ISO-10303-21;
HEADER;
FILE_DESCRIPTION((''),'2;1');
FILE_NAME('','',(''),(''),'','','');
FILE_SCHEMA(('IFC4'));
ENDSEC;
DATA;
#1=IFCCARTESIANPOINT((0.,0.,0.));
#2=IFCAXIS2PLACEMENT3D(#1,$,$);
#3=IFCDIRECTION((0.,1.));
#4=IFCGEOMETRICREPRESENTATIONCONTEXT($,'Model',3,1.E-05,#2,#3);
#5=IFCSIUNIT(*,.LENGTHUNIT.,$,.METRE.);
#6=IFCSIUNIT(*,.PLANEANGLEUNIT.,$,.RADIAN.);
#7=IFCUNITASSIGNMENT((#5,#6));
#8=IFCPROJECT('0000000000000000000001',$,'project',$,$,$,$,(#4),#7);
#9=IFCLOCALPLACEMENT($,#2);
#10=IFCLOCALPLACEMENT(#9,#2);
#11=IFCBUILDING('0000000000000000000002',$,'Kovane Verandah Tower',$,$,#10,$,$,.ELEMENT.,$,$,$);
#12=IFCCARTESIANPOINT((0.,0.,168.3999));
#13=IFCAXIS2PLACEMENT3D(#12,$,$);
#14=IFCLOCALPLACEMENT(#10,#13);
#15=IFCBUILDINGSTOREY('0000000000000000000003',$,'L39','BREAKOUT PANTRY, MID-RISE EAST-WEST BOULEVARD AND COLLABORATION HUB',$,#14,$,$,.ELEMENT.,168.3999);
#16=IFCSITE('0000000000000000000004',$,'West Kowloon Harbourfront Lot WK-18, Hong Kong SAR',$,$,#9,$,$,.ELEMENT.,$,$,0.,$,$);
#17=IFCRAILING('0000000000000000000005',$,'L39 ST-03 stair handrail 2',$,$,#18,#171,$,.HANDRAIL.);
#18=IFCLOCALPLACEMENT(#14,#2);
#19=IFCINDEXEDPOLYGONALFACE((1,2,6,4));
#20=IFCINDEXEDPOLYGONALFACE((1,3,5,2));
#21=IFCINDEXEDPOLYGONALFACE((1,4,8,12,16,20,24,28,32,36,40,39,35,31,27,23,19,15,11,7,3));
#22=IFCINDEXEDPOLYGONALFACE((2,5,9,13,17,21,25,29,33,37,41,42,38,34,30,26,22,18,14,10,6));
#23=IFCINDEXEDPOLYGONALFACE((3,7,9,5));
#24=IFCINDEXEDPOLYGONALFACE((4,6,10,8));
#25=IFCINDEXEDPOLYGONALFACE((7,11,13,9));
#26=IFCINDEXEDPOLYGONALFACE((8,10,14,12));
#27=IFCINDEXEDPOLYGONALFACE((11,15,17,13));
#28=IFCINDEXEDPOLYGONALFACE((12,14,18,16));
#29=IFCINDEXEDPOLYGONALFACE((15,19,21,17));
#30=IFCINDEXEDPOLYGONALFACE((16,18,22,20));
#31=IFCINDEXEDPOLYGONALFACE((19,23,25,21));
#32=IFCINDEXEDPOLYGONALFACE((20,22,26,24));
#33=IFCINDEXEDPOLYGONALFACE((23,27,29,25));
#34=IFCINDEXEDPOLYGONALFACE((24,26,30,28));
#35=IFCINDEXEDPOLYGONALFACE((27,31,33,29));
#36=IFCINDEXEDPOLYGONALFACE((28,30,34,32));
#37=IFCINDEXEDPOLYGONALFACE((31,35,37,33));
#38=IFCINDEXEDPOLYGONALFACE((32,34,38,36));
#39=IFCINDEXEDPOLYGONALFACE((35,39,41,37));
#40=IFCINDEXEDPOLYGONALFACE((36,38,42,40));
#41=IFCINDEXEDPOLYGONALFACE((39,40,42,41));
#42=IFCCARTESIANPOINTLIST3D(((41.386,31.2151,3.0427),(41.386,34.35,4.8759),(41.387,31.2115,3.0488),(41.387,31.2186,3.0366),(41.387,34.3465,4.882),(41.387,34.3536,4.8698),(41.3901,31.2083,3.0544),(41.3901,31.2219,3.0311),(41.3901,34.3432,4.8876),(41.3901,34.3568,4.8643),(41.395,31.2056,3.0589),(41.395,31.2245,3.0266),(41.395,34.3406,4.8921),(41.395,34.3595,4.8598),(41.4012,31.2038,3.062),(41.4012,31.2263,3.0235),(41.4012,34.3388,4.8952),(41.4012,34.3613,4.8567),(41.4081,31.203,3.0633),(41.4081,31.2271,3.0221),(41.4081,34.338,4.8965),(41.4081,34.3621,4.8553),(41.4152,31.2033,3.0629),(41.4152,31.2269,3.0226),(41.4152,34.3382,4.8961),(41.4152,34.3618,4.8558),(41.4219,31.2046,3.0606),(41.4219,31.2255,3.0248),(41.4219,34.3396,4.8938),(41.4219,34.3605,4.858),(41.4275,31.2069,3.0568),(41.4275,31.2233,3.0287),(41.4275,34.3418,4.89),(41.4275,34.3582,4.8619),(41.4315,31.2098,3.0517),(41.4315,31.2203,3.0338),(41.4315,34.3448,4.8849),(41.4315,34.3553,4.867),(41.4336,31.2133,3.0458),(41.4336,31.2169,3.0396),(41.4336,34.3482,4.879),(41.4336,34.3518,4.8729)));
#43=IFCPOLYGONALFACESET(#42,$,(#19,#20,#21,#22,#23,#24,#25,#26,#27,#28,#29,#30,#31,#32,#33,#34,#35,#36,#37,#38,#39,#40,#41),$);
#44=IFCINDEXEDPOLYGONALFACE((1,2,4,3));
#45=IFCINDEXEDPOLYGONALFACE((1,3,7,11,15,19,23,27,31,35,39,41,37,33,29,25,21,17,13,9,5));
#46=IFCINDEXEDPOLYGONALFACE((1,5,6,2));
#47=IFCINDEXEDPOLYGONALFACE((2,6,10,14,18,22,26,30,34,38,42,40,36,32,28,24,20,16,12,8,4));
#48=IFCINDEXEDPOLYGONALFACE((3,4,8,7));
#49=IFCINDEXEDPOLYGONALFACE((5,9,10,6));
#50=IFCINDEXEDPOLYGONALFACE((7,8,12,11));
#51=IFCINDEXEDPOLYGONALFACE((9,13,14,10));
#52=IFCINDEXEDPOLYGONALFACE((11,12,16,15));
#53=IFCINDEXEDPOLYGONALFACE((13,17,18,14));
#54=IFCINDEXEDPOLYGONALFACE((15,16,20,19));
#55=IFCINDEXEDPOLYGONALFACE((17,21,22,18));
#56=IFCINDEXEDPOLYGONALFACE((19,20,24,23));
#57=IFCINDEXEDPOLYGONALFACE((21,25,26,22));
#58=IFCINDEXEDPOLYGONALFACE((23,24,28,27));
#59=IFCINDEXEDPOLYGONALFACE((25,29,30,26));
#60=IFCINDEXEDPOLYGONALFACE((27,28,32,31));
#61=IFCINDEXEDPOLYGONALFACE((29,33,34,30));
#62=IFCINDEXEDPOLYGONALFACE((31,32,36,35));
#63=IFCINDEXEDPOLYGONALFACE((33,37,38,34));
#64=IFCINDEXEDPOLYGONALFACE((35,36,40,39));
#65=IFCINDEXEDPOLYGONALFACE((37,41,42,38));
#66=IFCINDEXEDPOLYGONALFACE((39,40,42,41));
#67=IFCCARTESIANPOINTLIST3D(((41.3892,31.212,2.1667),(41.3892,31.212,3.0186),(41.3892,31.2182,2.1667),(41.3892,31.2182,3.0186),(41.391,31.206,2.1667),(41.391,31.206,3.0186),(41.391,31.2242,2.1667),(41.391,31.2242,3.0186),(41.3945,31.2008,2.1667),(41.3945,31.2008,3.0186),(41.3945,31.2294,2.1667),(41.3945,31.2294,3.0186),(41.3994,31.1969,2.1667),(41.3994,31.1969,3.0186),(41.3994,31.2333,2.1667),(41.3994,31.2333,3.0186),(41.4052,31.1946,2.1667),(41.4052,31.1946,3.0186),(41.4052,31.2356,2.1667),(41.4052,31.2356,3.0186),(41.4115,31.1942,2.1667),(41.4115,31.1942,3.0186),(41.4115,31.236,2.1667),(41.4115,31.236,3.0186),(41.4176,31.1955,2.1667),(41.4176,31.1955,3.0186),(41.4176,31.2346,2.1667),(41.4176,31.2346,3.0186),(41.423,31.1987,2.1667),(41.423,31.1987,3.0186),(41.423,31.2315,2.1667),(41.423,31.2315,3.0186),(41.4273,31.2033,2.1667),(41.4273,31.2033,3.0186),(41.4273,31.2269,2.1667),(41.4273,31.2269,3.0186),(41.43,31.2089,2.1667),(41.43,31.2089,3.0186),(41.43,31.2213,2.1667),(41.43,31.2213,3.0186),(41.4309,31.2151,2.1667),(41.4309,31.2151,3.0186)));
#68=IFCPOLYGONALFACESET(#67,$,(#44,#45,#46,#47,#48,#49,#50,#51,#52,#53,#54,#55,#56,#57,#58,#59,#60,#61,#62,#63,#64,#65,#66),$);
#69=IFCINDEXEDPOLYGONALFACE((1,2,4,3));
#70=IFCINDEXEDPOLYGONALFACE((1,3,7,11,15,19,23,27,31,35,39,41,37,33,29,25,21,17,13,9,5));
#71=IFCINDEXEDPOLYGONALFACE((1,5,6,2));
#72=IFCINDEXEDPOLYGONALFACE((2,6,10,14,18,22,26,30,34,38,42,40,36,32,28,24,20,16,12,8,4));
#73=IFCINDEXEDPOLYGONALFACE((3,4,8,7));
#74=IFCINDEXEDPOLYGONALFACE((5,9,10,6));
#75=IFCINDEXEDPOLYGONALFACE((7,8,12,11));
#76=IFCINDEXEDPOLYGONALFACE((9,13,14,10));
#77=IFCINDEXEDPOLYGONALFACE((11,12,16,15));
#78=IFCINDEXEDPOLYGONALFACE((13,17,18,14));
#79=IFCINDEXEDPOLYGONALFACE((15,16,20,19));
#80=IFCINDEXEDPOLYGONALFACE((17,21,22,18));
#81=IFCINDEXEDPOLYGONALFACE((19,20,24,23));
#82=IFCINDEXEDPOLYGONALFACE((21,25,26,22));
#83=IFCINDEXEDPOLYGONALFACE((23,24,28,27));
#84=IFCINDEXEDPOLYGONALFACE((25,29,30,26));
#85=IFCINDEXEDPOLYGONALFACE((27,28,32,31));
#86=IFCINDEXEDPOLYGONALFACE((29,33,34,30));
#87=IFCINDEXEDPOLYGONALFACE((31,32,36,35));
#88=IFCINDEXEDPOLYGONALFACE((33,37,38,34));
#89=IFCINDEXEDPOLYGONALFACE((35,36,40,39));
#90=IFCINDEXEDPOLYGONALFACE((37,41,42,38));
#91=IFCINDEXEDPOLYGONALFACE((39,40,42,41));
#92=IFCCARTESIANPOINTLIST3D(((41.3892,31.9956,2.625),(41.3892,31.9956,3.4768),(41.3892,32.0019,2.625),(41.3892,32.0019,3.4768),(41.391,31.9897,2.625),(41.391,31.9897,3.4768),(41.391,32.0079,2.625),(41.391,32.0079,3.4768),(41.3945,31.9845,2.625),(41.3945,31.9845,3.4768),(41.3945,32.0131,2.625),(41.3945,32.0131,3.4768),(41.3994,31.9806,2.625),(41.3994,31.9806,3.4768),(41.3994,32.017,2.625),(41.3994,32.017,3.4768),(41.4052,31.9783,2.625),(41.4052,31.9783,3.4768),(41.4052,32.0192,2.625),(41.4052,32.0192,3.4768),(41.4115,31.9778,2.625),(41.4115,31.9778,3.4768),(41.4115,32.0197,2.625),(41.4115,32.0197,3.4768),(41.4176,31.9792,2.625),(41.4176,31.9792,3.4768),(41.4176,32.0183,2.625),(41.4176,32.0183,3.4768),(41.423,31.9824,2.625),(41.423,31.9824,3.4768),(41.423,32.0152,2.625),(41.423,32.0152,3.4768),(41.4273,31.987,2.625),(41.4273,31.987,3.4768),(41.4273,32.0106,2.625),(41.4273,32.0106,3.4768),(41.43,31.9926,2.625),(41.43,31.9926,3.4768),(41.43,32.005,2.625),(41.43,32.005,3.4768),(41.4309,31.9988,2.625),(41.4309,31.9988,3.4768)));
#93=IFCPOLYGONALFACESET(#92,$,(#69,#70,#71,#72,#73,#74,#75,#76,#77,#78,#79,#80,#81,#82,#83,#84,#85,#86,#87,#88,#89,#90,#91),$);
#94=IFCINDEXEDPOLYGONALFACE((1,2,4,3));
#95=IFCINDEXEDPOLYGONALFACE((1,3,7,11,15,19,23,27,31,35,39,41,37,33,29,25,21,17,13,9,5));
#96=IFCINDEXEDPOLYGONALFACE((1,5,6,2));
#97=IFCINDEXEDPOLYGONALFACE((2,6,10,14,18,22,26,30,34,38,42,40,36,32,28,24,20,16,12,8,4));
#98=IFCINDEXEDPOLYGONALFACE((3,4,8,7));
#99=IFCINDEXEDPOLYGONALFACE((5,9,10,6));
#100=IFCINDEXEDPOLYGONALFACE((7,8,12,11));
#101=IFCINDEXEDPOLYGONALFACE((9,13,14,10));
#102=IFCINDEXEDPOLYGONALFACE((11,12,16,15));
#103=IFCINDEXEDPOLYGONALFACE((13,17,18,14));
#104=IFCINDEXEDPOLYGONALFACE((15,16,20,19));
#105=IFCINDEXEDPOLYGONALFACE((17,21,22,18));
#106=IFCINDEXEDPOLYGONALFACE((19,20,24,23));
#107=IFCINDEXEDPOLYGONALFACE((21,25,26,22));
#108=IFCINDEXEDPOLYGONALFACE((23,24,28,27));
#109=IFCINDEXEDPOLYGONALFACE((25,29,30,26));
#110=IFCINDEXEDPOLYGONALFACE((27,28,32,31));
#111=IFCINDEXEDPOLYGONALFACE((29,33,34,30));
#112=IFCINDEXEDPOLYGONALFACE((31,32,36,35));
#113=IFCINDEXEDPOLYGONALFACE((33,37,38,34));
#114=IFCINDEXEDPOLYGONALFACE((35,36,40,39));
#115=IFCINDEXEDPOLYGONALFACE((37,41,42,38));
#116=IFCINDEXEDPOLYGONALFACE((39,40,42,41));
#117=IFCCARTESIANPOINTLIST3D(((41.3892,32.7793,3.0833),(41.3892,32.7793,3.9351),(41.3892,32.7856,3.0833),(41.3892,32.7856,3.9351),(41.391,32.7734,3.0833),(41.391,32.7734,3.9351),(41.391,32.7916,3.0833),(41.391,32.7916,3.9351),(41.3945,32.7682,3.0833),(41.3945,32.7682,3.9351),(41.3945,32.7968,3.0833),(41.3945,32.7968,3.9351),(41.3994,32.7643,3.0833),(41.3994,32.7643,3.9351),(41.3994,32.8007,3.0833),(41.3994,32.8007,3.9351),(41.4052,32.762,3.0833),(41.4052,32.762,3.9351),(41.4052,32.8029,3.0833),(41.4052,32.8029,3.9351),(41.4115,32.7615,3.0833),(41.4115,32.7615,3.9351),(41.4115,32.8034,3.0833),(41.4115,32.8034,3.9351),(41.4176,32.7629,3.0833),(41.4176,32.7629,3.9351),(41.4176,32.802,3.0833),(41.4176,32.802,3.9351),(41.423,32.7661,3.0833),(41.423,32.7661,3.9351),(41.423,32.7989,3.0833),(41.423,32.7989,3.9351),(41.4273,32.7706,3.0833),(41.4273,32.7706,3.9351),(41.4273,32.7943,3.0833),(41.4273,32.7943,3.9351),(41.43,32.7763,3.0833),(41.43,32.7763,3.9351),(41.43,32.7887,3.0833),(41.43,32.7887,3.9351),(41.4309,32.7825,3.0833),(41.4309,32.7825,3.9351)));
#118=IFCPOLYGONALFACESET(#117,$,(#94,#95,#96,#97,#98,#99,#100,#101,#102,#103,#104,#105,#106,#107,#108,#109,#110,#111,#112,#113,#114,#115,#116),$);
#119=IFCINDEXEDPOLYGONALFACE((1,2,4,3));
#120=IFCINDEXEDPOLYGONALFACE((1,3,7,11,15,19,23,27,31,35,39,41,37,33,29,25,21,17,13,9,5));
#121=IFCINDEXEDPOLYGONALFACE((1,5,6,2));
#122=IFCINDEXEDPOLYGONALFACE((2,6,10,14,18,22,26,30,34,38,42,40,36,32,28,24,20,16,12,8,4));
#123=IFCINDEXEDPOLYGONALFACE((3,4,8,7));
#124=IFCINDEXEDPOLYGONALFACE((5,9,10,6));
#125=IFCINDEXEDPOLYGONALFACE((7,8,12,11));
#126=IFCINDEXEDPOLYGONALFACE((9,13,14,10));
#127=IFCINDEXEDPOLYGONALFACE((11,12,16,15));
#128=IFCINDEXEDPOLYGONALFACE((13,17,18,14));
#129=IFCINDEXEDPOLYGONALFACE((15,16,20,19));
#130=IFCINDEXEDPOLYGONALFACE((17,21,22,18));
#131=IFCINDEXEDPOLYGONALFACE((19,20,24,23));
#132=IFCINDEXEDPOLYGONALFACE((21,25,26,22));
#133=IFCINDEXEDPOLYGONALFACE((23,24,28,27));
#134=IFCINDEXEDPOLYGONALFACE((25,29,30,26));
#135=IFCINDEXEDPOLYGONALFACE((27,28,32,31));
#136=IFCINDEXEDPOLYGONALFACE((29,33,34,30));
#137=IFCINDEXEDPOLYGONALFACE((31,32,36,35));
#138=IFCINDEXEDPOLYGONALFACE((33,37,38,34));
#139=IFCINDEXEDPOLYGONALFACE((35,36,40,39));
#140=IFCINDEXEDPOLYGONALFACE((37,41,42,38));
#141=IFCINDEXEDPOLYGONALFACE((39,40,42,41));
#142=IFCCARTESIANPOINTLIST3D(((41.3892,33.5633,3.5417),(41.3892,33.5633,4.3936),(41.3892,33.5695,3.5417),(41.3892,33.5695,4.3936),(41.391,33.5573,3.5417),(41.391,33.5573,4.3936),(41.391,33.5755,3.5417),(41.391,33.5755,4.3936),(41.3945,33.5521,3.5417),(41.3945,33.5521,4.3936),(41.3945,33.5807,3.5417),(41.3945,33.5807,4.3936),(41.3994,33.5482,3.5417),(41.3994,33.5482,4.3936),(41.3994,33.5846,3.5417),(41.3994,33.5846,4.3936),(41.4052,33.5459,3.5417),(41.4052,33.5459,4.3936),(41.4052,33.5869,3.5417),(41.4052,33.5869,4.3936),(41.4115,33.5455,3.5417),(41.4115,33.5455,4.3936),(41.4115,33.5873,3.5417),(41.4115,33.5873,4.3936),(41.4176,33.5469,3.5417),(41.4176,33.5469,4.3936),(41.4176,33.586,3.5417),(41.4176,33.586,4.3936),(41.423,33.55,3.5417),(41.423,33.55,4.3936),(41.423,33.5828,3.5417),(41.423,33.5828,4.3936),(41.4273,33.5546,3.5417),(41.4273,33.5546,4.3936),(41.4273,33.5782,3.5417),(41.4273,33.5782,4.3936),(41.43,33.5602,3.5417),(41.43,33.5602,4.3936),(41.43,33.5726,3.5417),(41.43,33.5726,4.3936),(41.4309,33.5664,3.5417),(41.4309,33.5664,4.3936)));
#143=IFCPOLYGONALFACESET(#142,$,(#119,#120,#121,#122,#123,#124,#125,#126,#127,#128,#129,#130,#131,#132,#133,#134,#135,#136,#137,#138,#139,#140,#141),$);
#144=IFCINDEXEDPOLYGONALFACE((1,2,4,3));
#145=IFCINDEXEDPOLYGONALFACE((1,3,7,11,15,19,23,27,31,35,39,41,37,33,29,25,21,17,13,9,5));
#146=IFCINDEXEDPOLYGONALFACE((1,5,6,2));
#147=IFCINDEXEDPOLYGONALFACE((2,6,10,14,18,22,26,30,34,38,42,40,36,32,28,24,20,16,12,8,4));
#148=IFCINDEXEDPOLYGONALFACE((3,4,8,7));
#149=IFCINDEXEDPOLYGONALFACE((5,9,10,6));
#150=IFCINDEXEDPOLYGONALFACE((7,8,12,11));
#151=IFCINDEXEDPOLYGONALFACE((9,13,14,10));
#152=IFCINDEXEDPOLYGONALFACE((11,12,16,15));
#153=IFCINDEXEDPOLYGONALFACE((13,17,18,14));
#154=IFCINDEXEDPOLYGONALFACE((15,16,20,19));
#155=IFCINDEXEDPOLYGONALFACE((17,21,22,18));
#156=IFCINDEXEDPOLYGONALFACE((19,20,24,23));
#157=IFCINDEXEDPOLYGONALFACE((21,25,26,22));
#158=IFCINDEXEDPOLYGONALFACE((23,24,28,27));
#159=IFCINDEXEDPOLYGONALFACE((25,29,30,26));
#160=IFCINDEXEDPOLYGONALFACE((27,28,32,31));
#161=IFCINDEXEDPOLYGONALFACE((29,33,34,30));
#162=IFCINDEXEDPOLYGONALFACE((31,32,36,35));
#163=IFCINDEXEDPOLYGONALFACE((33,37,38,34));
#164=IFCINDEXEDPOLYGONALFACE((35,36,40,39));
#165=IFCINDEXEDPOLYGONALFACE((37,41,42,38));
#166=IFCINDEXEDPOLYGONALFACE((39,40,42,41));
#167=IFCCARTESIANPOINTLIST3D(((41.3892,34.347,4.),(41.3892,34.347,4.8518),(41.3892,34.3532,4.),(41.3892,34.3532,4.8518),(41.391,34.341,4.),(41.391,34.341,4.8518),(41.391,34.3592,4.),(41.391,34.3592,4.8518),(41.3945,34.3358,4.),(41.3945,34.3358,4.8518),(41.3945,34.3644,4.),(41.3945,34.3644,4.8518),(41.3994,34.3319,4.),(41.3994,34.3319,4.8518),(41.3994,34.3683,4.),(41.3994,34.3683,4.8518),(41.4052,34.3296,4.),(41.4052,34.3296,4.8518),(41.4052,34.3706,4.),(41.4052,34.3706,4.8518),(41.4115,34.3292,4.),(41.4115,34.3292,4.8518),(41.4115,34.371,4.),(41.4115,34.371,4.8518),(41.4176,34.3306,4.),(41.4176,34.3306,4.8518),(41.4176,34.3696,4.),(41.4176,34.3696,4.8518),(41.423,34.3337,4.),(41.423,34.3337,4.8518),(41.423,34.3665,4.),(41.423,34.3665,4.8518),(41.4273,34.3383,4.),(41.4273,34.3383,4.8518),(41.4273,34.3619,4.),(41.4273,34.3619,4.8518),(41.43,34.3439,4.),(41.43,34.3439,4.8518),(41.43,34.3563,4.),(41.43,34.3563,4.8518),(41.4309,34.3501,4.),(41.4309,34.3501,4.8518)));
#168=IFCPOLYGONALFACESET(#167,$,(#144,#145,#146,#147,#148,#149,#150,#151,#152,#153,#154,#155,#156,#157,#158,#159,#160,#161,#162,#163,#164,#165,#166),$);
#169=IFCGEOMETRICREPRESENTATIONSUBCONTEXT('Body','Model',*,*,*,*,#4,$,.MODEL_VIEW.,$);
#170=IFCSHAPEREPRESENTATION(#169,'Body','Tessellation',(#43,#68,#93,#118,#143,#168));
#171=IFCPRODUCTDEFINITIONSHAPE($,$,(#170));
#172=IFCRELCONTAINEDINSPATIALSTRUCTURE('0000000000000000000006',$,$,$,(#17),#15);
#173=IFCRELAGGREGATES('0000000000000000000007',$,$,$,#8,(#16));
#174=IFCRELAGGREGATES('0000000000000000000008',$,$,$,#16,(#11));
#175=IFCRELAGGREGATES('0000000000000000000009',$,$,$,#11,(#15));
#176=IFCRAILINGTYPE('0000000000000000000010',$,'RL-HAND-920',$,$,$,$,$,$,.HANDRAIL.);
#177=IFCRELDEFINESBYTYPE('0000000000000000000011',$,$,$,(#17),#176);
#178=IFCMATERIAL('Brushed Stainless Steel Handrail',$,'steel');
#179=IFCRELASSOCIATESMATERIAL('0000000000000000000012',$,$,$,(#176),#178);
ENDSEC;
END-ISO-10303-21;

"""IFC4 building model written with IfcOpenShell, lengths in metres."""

from ifc_helpers import new_model, si_unit, direction, frame, origin, origin_2d, place, context, subcontext, project, spatial, circle, extrude, material, type_object, element, save


model = new_model("IFC4")

# Units and contexts
model_context = context("Model", 3, precision=1e-05, world=origin(), true_north=direction((0.0, 1.0)))
body_context = subcontext(model_context, "Body", "Model", "MODEL_VIEW")
ifc_project = project(units=[si_unit("LENGTHUNIT", "METRE"), si_unit("PLANEANGLEUNIT", "RADIAN")], contexts=[model_context])

# Site, building, storey
site_placement = place(None, origin())
site = spatial("IfcSite", under=ifc_project, at=site_placement, Name="West Kowloon Harbourfront Lot WK-18, Hong Kong SAR", CompositionType="ELEMENT", RefElevation=0.0)
building_placement = place(site_placement, origin())
building = spatial("IfcBuilding", under=site, at=building_placement, Name="Kovane Verandah Tower", CompositionType="ELEMENT")
storey_placement = place(building_placement, frame((0.0, 0.0, 168.3999)))
storey = spatial("IfcBuildingStorey", under=building, at=storey_placement, Name="L39", Description="BREAKOUT PANTRY, MID-RISE EAST-WEST BOULEVARD AND COLLABORATION HUB", CompositionType="ELEMENT", Elevation=168.3999)

# Railing
ifc_material_1 = material(Name="Brushed Stainless Steel Handrail", Category="steel")
railing_type_1 = type_object("IfcRailingType", Name="RL-HAND-920", PredefinedType="HANDRAIL", material=ifc_material_1)
railing_1_placement = place(storey_placement, frame((41.4099, 31.2151, 2.1667)))
element("IfcRailing", 1, at=railing_1_placement, inside=storey, type_object=railing_type_1, Name="L39 ST-03 stair handrail 2", PredefinedType="HANDRAIL", context=body_context, shape_type="SweptSolid", body=[
    extrude(circle(Radius=0.0239, at=origin_2d()), frame((0.0, 0.0, 0.876), z_axis=(0.0, 0.86324, 0.504794), x_axis=(-1.0, 0.0, 0.0)), (0.0, 0.0, 1.0), 3.6316),
    extrude(circle(Radius=0.021, at=origin_2d()), origin(), (0.0, 0.0, 1.0), 0.8518),
    extrude(circle(Radius=0.021, at=origin_2d()), frame((0.0, 0.7837, 0.4583)), (0.0, 0.0, 1.0), 0.8518),
    extrude(circle(Radius=0.021, at=origin_2d()), frame((0.0, 1.5674, 0.9165)), (0.0, 0.0, 1.0), 0.8518),
    extrude(circle(Radius=0.021, at=origin_2d()), frame((0.0, 2.3513, 1.375)), (0.0, 0.0, 1.0), 0.8518),
    extrude(circle(Radius=0.021, at=origin_2d()), frame((0.0, 3.135, 1.8333)), (0.0, 0.0, 1.0), 0.8518),
])

save(model, "model.ifc")
